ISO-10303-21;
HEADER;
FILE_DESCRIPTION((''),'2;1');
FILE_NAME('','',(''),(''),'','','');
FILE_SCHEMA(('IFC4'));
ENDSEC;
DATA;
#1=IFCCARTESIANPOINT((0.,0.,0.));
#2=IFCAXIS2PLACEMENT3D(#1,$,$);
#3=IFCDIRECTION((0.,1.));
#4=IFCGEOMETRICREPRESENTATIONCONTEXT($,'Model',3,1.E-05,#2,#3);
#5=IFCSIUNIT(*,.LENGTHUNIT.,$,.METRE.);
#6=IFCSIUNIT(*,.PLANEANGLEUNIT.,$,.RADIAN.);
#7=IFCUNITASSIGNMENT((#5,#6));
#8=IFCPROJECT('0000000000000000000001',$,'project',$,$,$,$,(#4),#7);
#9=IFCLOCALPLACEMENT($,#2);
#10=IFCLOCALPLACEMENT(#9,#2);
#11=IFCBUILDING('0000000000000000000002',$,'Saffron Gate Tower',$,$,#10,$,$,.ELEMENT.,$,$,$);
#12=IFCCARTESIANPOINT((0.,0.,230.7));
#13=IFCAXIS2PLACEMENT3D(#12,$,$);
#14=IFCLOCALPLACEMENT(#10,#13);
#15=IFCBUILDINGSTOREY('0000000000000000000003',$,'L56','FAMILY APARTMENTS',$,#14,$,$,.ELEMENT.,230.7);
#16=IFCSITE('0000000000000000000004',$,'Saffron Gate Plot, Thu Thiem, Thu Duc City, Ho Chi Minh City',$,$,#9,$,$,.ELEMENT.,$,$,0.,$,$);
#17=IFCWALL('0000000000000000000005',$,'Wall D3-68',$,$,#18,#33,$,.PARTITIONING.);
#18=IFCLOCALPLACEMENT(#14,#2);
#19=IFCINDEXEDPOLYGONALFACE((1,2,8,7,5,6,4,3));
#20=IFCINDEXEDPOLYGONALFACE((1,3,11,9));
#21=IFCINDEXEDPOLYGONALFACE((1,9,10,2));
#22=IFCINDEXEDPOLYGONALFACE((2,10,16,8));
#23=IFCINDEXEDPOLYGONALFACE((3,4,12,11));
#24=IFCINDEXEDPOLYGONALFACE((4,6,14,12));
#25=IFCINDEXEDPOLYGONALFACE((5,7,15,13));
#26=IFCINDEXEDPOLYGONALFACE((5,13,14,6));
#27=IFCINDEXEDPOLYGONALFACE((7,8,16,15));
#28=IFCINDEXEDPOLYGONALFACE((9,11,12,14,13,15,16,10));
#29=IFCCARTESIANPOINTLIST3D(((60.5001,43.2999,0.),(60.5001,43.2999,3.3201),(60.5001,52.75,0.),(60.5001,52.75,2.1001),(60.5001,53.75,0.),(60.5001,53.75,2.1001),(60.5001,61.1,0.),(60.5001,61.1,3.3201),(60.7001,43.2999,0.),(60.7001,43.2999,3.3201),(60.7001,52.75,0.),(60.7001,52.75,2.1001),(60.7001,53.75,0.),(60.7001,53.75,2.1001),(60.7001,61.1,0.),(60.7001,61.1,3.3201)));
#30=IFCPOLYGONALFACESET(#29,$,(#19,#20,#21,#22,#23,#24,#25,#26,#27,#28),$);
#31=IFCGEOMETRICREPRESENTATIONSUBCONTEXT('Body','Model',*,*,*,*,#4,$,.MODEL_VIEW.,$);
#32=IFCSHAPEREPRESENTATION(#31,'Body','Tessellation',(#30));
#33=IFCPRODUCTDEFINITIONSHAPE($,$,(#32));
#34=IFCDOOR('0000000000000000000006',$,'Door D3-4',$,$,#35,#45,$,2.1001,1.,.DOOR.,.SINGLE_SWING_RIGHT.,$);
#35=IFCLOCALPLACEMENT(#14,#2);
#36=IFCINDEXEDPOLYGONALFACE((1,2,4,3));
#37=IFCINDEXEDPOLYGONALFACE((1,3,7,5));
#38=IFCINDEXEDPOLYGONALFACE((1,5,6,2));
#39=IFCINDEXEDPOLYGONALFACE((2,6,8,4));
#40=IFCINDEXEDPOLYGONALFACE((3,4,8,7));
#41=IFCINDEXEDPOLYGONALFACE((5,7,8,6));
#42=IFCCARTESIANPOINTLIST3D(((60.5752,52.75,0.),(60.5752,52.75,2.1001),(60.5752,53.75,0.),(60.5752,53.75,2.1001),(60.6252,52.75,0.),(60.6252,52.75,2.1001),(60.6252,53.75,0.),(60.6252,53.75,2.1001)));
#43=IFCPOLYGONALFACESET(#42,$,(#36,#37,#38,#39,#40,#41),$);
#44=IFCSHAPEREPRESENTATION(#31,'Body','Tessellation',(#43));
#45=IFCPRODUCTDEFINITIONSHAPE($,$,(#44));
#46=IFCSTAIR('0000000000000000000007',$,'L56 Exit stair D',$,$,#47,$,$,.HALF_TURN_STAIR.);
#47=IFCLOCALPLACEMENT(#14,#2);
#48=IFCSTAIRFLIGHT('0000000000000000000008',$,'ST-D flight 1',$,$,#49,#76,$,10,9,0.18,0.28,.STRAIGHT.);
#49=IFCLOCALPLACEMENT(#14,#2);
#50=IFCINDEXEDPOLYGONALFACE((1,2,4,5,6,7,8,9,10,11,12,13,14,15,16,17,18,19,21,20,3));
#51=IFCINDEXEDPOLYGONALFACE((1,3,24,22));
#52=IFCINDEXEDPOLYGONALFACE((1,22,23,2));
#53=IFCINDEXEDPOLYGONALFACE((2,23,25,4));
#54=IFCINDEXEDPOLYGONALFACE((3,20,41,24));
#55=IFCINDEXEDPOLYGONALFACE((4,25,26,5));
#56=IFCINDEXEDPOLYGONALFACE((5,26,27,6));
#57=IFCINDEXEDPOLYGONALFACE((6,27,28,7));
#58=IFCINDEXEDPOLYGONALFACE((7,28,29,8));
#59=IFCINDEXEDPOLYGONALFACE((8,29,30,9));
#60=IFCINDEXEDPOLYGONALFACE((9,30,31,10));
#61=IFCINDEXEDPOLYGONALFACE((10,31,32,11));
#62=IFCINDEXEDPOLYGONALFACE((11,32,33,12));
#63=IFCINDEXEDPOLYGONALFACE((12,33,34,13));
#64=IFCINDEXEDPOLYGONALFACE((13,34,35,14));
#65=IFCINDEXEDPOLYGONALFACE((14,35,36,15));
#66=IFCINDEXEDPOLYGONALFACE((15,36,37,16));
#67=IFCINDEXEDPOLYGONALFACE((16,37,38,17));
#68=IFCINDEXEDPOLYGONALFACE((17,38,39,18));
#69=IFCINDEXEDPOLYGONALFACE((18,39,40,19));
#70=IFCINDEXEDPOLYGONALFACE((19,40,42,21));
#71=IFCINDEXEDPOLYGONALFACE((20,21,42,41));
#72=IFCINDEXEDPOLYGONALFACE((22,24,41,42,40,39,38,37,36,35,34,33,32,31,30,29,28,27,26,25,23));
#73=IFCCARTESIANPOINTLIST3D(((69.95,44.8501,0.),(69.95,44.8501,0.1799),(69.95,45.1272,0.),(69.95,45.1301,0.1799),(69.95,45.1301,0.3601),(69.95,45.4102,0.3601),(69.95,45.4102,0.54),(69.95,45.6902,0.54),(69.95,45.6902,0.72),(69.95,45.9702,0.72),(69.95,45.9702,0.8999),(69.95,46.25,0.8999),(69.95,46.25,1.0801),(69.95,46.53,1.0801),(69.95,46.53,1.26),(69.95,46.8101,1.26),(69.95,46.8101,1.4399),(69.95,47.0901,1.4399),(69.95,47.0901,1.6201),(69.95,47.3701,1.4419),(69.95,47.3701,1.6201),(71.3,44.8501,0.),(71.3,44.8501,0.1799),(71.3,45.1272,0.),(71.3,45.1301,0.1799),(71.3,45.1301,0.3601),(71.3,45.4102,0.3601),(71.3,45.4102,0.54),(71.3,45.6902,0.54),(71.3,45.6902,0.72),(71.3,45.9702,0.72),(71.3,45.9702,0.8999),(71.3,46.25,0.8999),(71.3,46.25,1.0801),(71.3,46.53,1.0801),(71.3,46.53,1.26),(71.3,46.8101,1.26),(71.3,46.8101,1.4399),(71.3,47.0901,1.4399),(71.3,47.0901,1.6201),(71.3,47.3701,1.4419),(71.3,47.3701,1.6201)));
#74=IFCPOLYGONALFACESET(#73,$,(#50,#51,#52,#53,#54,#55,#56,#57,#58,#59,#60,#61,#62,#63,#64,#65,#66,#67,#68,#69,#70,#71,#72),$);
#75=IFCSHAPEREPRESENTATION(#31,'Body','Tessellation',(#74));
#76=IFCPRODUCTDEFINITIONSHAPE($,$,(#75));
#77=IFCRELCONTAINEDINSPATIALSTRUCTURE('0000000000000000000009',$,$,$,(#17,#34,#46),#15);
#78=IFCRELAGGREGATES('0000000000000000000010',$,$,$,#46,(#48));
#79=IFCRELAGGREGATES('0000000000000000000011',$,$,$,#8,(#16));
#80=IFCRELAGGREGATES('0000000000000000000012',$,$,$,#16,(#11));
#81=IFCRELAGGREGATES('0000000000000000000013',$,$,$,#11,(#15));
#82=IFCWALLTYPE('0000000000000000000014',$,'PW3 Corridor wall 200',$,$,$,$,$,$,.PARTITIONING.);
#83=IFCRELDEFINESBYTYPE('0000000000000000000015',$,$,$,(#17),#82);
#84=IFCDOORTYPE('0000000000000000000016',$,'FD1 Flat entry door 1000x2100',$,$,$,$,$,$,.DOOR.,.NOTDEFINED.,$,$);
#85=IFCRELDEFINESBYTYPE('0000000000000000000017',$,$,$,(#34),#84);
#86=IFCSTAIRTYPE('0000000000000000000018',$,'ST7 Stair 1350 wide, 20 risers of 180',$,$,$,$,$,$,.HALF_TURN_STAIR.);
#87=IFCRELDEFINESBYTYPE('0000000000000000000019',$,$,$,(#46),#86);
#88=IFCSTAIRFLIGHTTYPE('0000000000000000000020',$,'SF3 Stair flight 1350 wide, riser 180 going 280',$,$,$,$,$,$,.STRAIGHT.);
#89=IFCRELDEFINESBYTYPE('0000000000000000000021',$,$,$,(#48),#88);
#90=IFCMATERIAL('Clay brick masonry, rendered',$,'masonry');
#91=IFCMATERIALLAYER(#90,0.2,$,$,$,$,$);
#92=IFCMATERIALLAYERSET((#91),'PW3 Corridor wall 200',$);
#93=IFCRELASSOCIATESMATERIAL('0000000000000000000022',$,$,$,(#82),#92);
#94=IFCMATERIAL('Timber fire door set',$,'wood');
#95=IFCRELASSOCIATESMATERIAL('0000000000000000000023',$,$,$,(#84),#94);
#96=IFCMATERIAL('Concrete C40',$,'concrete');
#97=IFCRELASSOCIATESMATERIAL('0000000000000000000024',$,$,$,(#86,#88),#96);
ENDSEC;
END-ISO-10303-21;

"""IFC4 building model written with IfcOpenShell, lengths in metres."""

from ifc_helpers import new_model, si_unit, direction, frame, frame_2d, origin, place, context, subcontext, project, spatial, polyline, rectangle, outline, extrude, material, layer, layer_set, type_object, element, fill, aggregate, save


model = new_model("IFC4")

# Units and contexts
model_context = context("Model", 3, precision=1e-05, world=origin(), true_north=direction((0.0, 1.0)))
body_context = subcontext(model_context, "Body", "Model", "MODEL_VIEW")
ifc_project = project(units=[si_unit("LENGTHUNIT", "METRE"), si_unit("PLANEANGLEUNIT", "RADIAN")], contexts=[model_context])

# Site, building, storey
site_placement = place(None, origin())
site = spatial("IfcSite", under=ifc_project, at=site_placement, Name="Saffron Gate Plot, Thu Thiem, Thu Duc City, Ho Chi Minh City", CompositionType="ELEMENT", RefElevation=0.0)
building_placement = place(site_placement, origin())
building = spatial("IfcBuilding", under=site, at=building_placement, Name="Saffron Gate Tower", CompositionType="ELEMENT")
storey_placement = place(building_placement, frame((0.0, 0.0, 230.7)))
storey = spatial("IfcBuildingStorey", under=building, at=storey_placement, Name="L56", Description="FAMILY APARTMENTS", CompositionType="ELEMENT", Elevation=230.7)

# Shared definitions
ifc_material_1 = material(Name="Clay brick masonry, rendered", Category="masonry")
ifc_layer_1 = layer(ifc_material_1, 0.2)
ifc_layer_set_1 = layer_set([ifc_layer_1], Name="PW3 Corridor wall 200")
wall_type_1 = type_object("IfcWallType", Name="PW3 Corridor wall 200", PredefinedType="PARTITIONING", material=ifc_layer_set_1)

# Wall, opening, door
wall_1_placement = place(storey_placement, frame((60.6001, 43.3, 0.0), z_axis=(0.0, 0.0, 1.0), x_axis=(0.0, 1.0, 0.0)))
wall_1 = element("IfcWall", 1, at=wall_1_placement, inside=storey, type_object=wall_type_1, Name="Wall D3-68", PredefinedType="PARTITIONING", context=body_context, shape_type="SweptSolid", body=[
    extrude(rectangle(XDim=17.8, YDim=0.2, at=frame_2d((8.8999, 0.0))), origin(), (0.0, 0.0, 1.0), 3.3201),
])
opening_1_placement = place(wall_1_placement, frame((9.45, 0.0, 0.0)))
opening_1 = element("IfcOpeningElement", 2, at=opening_1_placement, cuts=wall_1, PredefinedType="OPENING", context=body_context, shape_type="SweptSolid", body=[
    extrude(rectangle(XDim=1.0, YDim=2.1001, at=frame_2d((0.5, 1.05))), frame((0.0, 0.1099, 0.0), z_axis=(0.0, -1.0, 0.0), x_axis=(1.0, 0.0, 0.0)), (0.0, 0.0, 1.0), 0.22),
])
ifc_material_2 = material(Name="Timber fire door set", Category="wood")
door_type_1 = type_object("IfcDoorType", Name="FD1 Flat entry door 1000x2100", OperationType="NOTDEFINED", PredefinedType="DOOR", material=ifc_material_2)
door_1_placement = place(opening_1_placement, origin())
door_1 = element("IfcDoor", 3, at=door_1_placement, inside=storey, type_object=door_type_1, Name="Door D3-4", OperationType="SINGLE_SWING_RIGHT", OverallHeight=2.1001, OverallWidth=1.0, PredefinedType="DOOR", context=body_context, shape_type="SweptSolid", body=[
    extrude(rectangle(XDim=1.0, YDim=2.1001, at=frame_2d((0.5, 1.05))), frame((0.0, 0.0249, 0.0), z_axis=(0.0, -1.0, 0.0), x_axis=(1.0, 0.0, 0.0)), (0.0, 0.0, 1.0), 0.05),
])
fill(opening_1, door_1)

# Stair, stair flight
ifc_material_3 = material(Name="Concrete C40", Category="concrete")
stair_type = type_object("IfcStairType", Name="ST7 Stair 1350 wide, 20 risers of 180", PredefinedType="HALF_TURN_STAIR", material=ifc_material_3)
stair_placement = place(storey_placement, origin())
stair = element("IfcStair", 4, at=stair_placement, inside=storey, type_object=stair_type, Name="L56 Exit stair D", PredefinedType="HALF_TURN_STAIR")
stair_flight_type = type_object("IfcStairFlightType", Name="SF3 Stair flight 1350 wide, riser 180 going 280", PredefinedType="STRAIGHT", material=ifc_material_3)
stair_flight_placement = place(storey_placement, frame((70.625, 44.8501, 0.0), z_axis=(0.0, 0.0, 1.0), x_axis=(0.0, 1.0, 0.0)))
stair_flight = element("IfcStairFlight", 5, at=stair_flight_placement, type_object=stair_flight_type, Name="ST-D flight 1", NumberOfRisers=10, NumberOfTreads=9, PredefinedType="STRAIGHT", RiserHeight=0.18, TreadLength=0.28, context=body_context, shape_type="SweptSolid", body=[
    extrude(outline(polyline([(0.0, 0.0), (0.0, 0.1799), (0.28, 0.1799), (0.28, 0.3601), (0.5601, 0.3601), (0.5601, 0.54), (0.8401, 0.54), (0.8401, 0.72), (1.1201, 0.72), (1.1201, 0.8999), (1.3999, 0.8999), (1.3999, 1.0801), (1.6799, 1.0801), (1.6799, 1.26), (1.96, 1.26), (1.96, 1.4399), (2.24, 1.4399), (2.24, 1.6201), (2.52, 1.6201), (2.52, 1.8), (2.52, 1.4419), (0.2771, 0.0), (0.0, 0.0)])), frame((0.0, 0.675, 0.0), z_axis=(0.0, -1.0, 0.0), x_axis=(1.0, 0.0, 0.0)), (0.0, 0.0, 1.0), 1.3501),
])
aggregate(stair, [stair_flight])

save(model, "model.ifc")
